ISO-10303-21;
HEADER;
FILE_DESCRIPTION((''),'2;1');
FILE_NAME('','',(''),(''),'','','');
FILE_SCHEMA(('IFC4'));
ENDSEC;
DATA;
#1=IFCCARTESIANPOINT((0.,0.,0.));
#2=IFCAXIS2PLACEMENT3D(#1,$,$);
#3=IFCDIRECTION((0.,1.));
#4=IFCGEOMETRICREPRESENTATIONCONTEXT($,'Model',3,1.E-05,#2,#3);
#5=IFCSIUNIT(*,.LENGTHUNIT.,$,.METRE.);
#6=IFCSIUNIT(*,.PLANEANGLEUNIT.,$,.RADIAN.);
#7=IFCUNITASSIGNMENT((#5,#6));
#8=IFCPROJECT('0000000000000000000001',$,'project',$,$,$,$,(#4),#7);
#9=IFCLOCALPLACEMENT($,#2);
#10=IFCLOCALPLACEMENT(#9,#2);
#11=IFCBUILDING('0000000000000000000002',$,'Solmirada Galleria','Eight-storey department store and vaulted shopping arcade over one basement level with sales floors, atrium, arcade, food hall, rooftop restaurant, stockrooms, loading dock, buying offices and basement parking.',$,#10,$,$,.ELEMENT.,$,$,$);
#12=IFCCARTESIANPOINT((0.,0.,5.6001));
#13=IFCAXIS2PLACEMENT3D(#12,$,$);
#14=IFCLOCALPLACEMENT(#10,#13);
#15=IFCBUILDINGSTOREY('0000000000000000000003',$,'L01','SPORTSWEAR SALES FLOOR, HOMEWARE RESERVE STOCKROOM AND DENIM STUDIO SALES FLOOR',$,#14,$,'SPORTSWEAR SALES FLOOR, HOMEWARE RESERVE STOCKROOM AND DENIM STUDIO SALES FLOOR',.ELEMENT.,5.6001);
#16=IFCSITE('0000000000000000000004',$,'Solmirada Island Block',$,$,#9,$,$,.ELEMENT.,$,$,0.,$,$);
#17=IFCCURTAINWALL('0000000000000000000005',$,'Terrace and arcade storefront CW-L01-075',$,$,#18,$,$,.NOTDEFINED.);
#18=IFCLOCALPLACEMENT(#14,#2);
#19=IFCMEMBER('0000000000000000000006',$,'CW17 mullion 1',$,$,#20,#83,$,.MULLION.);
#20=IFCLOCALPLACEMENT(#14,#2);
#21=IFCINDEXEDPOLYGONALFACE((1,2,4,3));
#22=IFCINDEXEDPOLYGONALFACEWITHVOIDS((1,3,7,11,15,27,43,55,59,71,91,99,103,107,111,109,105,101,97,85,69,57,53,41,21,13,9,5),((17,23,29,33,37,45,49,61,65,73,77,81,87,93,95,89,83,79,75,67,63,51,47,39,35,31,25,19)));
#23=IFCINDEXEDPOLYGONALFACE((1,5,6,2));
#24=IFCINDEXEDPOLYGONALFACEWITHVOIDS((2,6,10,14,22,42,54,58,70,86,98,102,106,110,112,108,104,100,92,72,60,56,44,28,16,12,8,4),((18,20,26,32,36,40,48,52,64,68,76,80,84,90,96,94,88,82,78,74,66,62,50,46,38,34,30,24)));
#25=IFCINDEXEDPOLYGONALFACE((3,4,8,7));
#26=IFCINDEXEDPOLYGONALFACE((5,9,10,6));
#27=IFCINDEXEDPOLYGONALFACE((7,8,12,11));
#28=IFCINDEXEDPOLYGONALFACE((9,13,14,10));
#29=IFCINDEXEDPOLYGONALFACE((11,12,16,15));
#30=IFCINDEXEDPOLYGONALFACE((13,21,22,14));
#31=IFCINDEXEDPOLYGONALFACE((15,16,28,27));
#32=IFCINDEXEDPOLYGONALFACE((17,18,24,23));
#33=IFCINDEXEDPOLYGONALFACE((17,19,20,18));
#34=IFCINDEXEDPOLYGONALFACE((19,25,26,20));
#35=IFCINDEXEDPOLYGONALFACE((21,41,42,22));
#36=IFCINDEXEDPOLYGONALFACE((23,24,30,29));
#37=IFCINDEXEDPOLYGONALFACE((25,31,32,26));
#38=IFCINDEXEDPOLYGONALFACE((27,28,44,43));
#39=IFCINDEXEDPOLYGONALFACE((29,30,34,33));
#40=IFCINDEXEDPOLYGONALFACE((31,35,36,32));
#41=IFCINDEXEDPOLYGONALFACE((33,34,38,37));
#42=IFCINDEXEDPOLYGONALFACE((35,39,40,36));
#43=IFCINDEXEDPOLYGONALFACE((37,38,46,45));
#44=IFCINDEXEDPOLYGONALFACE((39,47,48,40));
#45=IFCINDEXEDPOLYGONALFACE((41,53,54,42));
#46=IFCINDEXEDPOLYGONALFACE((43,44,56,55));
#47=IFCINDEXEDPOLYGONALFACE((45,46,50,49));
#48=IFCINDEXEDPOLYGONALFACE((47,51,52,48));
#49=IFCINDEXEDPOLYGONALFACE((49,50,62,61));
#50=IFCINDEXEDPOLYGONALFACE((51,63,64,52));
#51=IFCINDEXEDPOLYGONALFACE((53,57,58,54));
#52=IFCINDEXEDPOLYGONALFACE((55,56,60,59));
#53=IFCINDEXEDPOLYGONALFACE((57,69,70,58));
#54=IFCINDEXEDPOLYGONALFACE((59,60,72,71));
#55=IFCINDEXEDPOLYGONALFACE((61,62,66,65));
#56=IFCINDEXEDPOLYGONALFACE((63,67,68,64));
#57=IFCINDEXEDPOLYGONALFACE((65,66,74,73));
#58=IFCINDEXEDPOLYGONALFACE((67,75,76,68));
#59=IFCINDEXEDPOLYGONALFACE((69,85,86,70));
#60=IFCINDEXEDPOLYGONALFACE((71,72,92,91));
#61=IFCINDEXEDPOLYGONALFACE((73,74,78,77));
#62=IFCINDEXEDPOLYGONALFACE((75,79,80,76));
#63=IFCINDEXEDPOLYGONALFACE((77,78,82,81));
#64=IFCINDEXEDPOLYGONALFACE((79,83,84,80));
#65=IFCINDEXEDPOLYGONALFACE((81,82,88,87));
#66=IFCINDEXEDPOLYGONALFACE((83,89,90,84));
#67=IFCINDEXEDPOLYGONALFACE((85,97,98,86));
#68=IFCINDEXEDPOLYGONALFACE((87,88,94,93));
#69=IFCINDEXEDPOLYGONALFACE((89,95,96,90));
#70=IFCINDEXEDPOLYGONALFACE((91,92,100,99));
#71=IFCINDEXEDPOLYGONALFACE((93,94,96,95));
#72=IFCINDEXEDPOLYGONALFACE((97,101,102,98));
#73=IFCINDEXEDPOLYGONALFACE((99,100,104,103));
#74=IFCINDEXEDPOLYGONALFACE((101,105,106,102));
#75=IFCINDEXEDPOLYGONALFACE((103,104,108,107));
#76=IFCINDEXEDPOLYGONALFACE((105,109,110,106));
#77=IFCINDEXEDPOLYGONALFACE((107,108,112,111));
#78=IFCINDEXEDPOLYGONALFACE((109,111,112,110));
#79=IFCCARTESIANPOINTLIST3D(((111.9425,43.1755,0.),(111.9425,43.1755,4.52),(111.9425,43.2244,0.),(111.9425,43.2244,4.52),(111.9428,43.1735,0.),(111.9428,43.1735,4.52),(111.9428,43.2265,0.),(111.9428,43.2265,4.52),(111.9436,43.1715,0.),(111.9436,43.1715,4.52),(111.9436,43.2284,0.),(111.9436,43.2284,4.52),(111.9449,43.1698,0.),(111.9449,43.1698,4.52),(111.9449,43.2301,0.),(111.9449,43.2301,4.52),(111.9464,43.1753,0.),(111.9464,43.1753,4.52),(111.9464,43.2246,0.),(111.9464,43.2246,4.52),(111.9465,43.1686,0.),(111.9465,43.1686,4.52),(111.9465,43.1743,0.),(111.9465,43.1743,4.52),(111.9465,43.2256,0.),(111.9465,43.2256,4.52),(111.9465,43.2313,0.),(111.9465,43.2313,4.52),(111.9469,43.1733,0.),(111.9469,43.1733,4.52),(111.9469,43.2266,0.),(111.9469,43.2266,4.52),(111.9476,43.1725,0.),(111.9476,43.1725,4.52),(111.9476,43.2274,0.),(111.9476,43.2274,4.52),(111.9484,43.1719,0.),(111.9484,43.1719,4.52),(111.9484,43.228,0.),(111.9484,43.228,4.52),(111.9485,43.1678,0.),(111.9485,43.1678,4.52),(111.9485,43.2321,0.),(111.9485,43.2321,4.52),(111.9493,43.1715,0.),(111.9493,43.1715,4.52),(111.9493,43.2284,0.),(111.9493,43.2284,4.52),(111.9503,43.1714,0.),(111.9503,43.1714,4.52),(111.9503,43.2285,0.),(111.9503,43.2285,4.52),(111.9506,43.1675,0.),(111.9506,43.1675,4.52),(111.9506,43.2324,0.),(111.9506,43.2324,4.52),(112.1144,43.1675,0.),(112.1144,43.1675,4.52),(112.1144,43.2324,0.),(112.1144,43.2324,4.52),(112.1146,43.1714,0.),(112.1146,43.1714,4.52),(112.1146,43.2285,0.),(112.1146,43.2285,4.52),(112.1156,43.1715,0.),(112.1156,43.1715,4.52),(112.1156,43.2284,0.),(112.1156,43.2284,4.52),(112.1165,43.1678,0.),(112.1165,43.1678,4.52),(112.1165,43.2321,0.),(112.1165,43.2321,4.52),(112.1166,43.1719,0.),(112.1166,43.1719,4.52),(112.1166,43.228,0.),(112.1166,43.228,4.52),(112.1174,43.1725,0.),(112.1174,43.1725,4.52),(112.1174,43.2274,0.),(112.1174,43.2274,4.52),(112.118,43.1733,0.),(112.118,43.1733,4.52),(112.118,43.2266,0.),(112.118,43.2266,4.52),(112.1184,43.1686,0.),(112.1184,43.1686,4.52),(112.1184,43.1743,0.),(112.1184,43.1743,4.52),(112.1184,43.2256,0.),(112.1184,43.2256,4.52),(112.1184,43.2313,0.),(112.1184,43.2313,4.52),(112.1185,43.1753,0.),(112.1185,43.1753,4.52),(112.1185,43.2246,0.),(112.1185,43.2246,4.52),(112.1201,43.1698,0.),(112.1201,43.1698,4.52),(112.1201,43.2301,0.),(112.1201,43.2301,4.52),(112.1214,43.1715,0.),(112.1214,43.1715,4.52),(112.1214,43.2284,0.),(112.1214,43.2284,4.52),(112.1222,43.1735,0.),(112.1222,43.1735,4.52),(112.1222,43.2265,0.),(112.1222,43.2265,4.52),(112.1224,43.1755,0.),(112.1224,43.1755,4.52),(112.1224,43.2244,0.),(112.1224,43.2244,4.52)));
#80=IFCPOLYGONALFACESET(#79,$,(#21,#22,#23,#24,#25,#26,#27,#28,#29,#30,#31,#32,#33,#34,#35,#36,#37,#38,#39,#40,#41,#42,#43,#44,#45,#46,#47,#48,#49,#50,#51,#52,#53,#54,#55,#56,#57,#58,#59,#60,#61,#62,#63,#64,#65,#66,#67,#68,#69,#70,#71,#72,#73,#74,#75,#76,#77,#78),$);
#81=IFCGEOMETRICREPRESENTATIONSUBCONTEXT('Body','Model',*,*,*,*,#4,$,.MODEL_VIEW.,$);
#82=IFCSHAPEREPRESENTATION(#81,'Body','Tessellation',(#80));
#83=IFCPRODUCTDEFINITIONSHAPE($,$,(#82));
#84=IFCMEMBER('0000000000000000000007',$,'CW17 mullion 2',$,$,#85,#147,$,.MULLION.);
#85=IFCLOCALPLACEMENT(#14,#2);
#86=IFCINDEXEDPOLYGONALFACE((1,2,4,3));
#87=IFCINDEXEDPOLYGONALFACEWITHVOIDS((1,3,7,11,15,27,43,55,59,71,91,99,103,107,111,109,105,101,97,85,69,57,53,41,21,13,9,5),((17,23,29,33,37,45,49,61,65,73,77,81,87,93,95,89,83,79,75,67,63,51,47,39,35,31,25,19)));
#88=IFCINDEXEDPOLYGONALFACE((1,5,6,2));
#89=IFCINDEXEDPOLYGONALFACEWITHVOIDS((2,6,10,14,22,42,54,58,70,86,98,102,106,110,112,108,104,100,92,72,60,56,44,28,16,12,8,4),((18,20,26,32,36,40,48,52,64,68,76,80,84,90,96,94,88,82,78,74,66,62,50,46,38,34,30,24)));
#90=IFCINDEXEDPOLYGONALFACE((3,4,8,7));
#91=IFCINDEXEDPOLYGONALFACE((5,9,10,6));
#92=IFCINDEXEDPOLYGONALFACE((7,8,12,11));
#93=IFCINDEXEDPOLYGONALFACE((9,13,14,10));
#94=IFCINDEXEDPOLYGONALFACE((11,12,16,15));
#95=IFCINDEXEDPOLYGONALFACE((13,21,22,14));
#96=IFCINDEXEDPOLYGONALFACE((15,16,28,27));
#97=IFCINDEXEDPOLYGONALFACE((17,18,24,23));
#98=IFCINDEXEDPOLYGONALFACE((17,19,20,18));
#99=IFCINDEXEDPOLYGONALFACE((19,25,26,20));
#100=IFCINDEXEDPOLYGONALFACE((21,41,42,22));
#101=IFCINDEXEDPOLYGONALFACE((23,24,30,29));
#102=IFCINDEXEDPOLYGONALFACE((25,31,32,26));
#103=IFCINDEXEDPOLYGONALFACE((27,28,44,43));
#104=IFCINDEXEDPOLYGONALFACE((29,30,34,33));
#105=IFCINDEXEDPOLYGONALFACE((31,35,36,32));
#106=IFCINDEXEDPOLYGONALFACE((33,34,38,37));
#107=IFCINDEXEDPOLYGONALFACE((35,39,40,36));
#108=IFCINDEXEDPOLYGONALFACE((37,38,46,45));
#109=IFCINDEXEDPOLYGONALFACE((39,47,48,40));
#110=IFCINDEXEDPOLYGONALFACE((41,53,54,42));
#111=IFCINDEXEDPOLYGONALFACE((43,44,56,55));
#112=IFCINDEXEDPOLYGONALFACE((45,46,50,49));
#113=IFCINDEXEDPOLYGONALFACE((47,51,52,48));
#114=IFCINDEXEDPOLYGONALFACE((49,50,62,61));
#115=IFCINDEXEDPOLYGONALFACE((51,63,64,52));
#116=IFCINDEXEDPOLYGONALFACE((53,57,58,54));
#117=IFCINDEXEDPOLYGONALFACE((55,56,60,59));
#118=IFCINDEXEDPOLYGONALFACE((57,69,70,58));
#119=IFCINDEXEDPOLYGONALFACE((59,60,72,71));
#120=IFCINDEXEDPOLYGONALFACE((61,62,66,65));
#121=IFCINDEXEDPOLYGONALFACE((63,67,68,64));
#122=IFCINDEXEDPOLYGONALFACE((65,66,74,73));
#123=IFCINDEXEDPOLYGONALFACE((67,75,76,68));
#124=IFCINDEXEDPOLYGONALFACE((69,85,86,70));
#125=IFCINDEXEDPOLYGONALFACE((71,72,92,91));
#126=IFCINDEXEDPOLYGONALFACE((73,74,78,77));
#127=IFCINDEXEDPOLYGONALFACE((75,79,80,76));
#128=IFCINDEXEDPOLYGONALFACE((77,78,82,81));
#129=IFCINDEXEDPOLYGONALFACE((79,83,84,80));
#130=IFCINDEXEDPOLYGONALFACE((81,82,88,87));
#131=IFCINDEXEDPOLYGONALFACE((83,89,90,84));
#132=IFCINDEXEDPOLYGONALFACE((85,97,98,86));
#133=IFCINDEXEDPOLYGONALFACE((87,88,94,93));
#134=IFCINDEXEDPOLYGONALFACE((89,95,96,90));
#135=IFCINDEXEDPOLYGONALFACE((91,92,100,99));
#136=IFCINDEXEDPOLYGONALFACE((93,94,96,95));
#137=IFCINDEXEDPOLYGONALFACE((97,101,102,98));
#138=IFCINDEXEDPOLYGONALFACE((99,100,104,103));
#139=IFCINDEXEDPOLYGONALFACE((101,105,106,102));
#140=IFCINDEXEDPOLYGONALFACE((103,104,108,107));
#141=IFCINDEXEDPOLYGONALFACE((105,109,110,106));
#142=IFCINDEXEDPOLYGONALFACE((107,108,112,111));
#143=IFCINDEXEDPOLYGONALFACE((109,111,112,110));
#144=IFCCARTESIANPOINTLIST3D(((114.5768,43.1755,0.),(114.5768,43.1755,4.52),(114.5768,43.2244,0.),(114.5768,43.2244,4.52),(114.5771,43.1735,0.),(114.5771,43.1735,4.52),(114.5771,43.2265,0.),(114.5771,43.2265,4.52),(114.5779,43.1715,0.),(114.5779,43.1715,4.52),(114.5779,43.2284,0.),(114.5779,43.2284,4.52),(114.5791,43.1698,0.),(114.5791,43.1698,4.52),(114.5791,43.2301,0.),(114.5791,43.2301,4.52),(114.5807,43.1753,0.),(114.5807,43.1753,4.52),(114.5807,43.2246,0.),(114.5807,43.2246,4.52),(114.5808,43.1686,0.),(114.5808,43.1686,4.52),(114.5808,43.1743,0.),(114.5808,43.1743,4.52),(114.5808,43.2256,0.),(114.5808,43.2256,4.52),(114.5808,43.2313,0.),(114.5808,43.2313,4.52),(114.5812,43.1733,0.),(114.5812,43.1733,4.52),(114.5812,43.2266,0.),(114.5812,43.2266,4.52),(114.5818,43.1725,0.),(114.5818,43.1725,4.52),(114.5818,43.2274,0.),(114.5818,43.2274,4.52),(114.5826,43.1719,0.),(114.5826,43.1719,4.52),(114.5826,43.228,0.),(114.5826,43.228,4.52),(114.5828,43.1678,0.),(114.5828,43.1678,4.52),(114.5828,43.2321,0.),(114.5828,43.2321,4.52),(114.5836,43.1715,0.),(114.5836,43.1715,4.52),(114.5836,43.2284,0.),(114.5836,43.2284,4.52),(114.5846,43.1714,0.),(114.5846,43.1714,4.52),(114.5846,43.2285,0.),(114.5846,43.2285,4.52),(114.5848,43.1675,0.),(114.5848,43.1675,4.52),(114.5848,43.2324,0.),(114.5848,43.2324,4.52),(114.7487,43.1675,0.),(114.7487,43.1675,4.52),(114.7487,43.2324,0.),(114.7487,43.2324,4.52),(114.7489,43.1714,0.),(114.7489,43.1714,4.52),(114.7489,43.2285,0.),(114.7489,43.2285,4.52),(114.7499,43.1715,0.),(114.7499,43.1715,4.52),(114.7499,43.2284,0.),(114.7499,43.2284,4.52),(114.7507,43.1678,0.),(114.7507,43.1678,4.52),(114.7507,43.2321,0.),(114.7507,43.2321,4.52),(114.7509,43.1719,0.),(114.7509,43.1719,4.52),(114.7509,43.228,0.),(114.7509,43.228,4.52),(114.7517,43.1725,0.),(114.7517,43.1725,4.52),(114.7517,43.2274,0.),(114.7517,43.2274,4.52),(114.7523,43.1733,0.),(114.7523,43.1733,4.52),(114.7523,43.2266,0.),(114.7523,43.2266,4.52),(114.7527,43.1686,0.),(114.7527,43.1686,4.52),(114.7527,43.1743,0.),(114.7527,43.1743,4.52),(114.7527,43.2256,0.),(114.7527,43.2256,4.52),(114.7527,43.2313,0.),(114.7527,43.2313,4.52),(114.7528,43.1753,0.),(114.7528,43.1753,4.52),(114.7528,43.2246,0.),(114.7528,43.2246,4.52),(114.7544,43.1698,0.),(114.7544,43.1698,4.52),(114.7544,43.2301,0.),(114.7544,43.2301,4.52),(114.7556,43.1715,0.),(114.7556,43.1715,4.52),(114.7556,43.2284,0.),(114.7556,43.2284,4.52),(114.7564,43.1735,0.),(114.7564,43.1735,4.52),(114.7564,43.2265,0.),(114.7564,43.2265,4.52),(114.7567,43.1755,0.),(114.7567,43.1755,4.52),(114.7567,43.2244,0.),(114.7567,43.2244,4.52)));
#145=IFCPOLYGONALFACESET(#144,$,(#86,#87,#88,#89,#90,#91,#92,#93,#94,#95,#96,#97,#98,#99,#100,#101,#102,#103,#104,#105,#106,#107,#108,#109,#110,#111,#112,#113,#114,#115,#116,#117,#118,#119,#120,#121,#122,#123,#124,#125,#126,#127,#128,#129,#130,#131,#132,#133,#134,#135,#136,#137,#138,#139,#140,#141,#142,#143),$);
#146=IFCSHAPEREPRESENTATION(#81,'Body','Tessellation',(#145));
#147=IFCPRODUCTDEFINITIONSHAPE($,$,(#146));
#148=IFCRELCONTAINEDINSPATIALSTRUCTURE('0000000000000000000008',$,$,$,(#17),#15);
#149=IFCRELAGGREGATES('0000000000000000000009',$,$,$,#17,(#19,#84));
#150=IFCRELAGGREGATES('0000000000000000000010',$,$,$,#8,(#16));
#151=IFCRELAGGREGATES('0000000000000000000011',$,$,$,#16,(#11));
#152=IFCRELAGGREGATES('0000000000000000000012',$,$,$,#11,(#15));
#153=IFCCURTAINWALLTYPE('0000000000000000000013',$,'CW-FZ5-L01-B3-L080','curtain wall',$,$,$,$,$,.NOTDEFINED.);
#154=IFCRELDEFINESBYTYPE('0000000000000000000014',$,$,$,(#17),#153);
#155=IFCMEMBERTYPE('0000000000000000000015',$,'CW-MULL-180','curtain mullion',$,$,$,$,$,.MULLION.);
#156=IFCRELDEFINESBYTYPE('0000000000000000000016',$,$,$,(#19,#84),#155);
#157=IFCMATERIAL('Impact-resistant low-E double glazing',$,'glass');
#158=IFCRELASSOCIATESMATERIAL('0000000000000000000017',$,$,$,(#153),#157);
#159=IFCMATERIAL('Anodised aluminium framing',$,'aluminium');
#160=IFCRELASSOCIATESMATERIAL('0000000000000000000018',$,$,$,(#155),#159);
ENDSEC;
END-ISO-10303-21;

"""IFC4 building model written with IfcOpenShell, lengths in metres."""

from ifc_helpers import new_model, si_unit, direction, frame, origin, origin_2d, place, context, subcontext, project, spatial, hollow_rectangle, extrude, material, material_profile, profile_set, type_object, element, aggregate, save


model = new_model("IFC4")

# Units and contexts
model_context = context("Model", 3, precision=1e-05, world=origin(), true_north=direction((0.0, 1.0)))
body_context = subcontext(model_context, "Body", "Model", "MODEL_VIEW")
ifc_project = project(units=[si_unit("LENGTHUNIT", "METRE"), si_unit("PLANEANGLEUNIT", "RADIAN")], contexts=[model_context])

# Site, building, storey
site_placement = place(None, origin())
site = spatial("IfcSite", under=ifc_project, at=site_placement, Name="Solmirada Island Block", CompositionType="ELEMENT", RefElevation=0.0)
building_placement = place(site_placement, origin())
building = spatial("IfcBuilding", under=site, at=building_placement, Name="Solmirada Galleria", Description="Eight-storey department store and vaulted shopping arcade over one basement level with sales floors, atrium, arcade, food hall, rooftop restaurant, stockrooms, loading dock, buying offices and basement parking.", CompositionType="ELEMENT")
storey_placement = place(building_placement, frame((0.0, 0.0, 5.6001)))
storey = spatial("IfcBuildingStorey", under=building, at=storey_placement, Name="L01", Description="SPORTSWEAR SALES FLOOR, HOMEWARE RESERVE STOCKROOM AND DENIM STUDIO SALES FLOOR", LongName="SPORTSWEAR SALES FLOOR, HOMEWARE RESERVE STOCKROOM AND DENIM STUDIO SALES FLOOR", CompositionType="ELEMENT", Elevation=5.6001)

# Curtain wall, members
ifc_material_1 = material(Name="Impact-resistant low-E double glazing", Category="glass")
curtain_wall_type = type_object("IfcCurtainWallType", Name="CW-FZ5-L01-B3-L080", Description="curtain wall", PredefinedType="NOTDEFINED", material=ifc_material_1)
curtain_wall_placement = place(storey_placement, origin())
curtain_wall = element("IfcCurtainWall", 1, at=curtain_wall_placement, inside=storey, type_object=curtain_wall_type, Name="Terrace and arcade storefront CW-L01-075", PredefinedType="NOTDEFINED")
ifc_material_2 = material(Name="Anodised aluminium framing", Category="aluminium")
ifc_material_profile_1 = material_profile(ifc_material_2, hollow_rectangle(XDim=0.0649, YDim=0.1799, WallThickness=0.0039, InnerFilletRadius=0.0039, OuterFilletRadius=0.0081, at=origin_2d()), Name="ALU-MULL-180X65")
ifc_profile_set_1 = profile_set([ifc_material_profile_1], Name="Anodised aluminium framing")
member_type_1 = type_object("IfcMemberType", Name="CW-MULL-180", Description="curtain mullion", PredefinedType="MULLION", material=ifc_profile_set_1)
member_1_placement = place(storey_placement, frame((112.0325, 43.2, 0.0), z_axis=(0.0, 0.0, 1.0), x_axis=(0.0, 1.0, 0.0)))
member_1 = element("IfcMember", 2, at=member_1_placement, type_object=member_type_1, Name="CW17 mullion 1", PredefinedType="MULLION", context=body_context, shape_type="SweptSolid", body=[
    extrude(hollow_rectangle(XDim=0.0649, YDim=0.1799, WallThickness=0.0039, InnerFilletRadius=0.0039, OuterFilletRadius=0.0081, at=origin_2d()), origin(), (0.0, 0.0, 1.0), 4.52),
])
member_2_placement = place(storey_placement, frame((114.6667, 43.2, 0.0), z_axis=(0.0, 0.0, 1.0), x_axis=(0.0, 1.0, 0.0)))
member_2 = element("IfcMember", 3, at=member_2_placement, type_object=member_type_1, Name="CW17 mullion 2", PredefinedType="MULLION", context=body_context, shape_type="SweptSolid", body=[
    extrude(hollow_rectangle(XDim=0.0649, YDim=0.1799, WallThickness=0.0039, InnerFilletRadius=0.0039, OuterFilletRadius=0.0081, at=origin_2d()), origin(), (0.0, 0.0, 1.0), 4.52),
])
aggregate(curtain_wall, [member_1, member_2])

save(model, "model.ifc")
